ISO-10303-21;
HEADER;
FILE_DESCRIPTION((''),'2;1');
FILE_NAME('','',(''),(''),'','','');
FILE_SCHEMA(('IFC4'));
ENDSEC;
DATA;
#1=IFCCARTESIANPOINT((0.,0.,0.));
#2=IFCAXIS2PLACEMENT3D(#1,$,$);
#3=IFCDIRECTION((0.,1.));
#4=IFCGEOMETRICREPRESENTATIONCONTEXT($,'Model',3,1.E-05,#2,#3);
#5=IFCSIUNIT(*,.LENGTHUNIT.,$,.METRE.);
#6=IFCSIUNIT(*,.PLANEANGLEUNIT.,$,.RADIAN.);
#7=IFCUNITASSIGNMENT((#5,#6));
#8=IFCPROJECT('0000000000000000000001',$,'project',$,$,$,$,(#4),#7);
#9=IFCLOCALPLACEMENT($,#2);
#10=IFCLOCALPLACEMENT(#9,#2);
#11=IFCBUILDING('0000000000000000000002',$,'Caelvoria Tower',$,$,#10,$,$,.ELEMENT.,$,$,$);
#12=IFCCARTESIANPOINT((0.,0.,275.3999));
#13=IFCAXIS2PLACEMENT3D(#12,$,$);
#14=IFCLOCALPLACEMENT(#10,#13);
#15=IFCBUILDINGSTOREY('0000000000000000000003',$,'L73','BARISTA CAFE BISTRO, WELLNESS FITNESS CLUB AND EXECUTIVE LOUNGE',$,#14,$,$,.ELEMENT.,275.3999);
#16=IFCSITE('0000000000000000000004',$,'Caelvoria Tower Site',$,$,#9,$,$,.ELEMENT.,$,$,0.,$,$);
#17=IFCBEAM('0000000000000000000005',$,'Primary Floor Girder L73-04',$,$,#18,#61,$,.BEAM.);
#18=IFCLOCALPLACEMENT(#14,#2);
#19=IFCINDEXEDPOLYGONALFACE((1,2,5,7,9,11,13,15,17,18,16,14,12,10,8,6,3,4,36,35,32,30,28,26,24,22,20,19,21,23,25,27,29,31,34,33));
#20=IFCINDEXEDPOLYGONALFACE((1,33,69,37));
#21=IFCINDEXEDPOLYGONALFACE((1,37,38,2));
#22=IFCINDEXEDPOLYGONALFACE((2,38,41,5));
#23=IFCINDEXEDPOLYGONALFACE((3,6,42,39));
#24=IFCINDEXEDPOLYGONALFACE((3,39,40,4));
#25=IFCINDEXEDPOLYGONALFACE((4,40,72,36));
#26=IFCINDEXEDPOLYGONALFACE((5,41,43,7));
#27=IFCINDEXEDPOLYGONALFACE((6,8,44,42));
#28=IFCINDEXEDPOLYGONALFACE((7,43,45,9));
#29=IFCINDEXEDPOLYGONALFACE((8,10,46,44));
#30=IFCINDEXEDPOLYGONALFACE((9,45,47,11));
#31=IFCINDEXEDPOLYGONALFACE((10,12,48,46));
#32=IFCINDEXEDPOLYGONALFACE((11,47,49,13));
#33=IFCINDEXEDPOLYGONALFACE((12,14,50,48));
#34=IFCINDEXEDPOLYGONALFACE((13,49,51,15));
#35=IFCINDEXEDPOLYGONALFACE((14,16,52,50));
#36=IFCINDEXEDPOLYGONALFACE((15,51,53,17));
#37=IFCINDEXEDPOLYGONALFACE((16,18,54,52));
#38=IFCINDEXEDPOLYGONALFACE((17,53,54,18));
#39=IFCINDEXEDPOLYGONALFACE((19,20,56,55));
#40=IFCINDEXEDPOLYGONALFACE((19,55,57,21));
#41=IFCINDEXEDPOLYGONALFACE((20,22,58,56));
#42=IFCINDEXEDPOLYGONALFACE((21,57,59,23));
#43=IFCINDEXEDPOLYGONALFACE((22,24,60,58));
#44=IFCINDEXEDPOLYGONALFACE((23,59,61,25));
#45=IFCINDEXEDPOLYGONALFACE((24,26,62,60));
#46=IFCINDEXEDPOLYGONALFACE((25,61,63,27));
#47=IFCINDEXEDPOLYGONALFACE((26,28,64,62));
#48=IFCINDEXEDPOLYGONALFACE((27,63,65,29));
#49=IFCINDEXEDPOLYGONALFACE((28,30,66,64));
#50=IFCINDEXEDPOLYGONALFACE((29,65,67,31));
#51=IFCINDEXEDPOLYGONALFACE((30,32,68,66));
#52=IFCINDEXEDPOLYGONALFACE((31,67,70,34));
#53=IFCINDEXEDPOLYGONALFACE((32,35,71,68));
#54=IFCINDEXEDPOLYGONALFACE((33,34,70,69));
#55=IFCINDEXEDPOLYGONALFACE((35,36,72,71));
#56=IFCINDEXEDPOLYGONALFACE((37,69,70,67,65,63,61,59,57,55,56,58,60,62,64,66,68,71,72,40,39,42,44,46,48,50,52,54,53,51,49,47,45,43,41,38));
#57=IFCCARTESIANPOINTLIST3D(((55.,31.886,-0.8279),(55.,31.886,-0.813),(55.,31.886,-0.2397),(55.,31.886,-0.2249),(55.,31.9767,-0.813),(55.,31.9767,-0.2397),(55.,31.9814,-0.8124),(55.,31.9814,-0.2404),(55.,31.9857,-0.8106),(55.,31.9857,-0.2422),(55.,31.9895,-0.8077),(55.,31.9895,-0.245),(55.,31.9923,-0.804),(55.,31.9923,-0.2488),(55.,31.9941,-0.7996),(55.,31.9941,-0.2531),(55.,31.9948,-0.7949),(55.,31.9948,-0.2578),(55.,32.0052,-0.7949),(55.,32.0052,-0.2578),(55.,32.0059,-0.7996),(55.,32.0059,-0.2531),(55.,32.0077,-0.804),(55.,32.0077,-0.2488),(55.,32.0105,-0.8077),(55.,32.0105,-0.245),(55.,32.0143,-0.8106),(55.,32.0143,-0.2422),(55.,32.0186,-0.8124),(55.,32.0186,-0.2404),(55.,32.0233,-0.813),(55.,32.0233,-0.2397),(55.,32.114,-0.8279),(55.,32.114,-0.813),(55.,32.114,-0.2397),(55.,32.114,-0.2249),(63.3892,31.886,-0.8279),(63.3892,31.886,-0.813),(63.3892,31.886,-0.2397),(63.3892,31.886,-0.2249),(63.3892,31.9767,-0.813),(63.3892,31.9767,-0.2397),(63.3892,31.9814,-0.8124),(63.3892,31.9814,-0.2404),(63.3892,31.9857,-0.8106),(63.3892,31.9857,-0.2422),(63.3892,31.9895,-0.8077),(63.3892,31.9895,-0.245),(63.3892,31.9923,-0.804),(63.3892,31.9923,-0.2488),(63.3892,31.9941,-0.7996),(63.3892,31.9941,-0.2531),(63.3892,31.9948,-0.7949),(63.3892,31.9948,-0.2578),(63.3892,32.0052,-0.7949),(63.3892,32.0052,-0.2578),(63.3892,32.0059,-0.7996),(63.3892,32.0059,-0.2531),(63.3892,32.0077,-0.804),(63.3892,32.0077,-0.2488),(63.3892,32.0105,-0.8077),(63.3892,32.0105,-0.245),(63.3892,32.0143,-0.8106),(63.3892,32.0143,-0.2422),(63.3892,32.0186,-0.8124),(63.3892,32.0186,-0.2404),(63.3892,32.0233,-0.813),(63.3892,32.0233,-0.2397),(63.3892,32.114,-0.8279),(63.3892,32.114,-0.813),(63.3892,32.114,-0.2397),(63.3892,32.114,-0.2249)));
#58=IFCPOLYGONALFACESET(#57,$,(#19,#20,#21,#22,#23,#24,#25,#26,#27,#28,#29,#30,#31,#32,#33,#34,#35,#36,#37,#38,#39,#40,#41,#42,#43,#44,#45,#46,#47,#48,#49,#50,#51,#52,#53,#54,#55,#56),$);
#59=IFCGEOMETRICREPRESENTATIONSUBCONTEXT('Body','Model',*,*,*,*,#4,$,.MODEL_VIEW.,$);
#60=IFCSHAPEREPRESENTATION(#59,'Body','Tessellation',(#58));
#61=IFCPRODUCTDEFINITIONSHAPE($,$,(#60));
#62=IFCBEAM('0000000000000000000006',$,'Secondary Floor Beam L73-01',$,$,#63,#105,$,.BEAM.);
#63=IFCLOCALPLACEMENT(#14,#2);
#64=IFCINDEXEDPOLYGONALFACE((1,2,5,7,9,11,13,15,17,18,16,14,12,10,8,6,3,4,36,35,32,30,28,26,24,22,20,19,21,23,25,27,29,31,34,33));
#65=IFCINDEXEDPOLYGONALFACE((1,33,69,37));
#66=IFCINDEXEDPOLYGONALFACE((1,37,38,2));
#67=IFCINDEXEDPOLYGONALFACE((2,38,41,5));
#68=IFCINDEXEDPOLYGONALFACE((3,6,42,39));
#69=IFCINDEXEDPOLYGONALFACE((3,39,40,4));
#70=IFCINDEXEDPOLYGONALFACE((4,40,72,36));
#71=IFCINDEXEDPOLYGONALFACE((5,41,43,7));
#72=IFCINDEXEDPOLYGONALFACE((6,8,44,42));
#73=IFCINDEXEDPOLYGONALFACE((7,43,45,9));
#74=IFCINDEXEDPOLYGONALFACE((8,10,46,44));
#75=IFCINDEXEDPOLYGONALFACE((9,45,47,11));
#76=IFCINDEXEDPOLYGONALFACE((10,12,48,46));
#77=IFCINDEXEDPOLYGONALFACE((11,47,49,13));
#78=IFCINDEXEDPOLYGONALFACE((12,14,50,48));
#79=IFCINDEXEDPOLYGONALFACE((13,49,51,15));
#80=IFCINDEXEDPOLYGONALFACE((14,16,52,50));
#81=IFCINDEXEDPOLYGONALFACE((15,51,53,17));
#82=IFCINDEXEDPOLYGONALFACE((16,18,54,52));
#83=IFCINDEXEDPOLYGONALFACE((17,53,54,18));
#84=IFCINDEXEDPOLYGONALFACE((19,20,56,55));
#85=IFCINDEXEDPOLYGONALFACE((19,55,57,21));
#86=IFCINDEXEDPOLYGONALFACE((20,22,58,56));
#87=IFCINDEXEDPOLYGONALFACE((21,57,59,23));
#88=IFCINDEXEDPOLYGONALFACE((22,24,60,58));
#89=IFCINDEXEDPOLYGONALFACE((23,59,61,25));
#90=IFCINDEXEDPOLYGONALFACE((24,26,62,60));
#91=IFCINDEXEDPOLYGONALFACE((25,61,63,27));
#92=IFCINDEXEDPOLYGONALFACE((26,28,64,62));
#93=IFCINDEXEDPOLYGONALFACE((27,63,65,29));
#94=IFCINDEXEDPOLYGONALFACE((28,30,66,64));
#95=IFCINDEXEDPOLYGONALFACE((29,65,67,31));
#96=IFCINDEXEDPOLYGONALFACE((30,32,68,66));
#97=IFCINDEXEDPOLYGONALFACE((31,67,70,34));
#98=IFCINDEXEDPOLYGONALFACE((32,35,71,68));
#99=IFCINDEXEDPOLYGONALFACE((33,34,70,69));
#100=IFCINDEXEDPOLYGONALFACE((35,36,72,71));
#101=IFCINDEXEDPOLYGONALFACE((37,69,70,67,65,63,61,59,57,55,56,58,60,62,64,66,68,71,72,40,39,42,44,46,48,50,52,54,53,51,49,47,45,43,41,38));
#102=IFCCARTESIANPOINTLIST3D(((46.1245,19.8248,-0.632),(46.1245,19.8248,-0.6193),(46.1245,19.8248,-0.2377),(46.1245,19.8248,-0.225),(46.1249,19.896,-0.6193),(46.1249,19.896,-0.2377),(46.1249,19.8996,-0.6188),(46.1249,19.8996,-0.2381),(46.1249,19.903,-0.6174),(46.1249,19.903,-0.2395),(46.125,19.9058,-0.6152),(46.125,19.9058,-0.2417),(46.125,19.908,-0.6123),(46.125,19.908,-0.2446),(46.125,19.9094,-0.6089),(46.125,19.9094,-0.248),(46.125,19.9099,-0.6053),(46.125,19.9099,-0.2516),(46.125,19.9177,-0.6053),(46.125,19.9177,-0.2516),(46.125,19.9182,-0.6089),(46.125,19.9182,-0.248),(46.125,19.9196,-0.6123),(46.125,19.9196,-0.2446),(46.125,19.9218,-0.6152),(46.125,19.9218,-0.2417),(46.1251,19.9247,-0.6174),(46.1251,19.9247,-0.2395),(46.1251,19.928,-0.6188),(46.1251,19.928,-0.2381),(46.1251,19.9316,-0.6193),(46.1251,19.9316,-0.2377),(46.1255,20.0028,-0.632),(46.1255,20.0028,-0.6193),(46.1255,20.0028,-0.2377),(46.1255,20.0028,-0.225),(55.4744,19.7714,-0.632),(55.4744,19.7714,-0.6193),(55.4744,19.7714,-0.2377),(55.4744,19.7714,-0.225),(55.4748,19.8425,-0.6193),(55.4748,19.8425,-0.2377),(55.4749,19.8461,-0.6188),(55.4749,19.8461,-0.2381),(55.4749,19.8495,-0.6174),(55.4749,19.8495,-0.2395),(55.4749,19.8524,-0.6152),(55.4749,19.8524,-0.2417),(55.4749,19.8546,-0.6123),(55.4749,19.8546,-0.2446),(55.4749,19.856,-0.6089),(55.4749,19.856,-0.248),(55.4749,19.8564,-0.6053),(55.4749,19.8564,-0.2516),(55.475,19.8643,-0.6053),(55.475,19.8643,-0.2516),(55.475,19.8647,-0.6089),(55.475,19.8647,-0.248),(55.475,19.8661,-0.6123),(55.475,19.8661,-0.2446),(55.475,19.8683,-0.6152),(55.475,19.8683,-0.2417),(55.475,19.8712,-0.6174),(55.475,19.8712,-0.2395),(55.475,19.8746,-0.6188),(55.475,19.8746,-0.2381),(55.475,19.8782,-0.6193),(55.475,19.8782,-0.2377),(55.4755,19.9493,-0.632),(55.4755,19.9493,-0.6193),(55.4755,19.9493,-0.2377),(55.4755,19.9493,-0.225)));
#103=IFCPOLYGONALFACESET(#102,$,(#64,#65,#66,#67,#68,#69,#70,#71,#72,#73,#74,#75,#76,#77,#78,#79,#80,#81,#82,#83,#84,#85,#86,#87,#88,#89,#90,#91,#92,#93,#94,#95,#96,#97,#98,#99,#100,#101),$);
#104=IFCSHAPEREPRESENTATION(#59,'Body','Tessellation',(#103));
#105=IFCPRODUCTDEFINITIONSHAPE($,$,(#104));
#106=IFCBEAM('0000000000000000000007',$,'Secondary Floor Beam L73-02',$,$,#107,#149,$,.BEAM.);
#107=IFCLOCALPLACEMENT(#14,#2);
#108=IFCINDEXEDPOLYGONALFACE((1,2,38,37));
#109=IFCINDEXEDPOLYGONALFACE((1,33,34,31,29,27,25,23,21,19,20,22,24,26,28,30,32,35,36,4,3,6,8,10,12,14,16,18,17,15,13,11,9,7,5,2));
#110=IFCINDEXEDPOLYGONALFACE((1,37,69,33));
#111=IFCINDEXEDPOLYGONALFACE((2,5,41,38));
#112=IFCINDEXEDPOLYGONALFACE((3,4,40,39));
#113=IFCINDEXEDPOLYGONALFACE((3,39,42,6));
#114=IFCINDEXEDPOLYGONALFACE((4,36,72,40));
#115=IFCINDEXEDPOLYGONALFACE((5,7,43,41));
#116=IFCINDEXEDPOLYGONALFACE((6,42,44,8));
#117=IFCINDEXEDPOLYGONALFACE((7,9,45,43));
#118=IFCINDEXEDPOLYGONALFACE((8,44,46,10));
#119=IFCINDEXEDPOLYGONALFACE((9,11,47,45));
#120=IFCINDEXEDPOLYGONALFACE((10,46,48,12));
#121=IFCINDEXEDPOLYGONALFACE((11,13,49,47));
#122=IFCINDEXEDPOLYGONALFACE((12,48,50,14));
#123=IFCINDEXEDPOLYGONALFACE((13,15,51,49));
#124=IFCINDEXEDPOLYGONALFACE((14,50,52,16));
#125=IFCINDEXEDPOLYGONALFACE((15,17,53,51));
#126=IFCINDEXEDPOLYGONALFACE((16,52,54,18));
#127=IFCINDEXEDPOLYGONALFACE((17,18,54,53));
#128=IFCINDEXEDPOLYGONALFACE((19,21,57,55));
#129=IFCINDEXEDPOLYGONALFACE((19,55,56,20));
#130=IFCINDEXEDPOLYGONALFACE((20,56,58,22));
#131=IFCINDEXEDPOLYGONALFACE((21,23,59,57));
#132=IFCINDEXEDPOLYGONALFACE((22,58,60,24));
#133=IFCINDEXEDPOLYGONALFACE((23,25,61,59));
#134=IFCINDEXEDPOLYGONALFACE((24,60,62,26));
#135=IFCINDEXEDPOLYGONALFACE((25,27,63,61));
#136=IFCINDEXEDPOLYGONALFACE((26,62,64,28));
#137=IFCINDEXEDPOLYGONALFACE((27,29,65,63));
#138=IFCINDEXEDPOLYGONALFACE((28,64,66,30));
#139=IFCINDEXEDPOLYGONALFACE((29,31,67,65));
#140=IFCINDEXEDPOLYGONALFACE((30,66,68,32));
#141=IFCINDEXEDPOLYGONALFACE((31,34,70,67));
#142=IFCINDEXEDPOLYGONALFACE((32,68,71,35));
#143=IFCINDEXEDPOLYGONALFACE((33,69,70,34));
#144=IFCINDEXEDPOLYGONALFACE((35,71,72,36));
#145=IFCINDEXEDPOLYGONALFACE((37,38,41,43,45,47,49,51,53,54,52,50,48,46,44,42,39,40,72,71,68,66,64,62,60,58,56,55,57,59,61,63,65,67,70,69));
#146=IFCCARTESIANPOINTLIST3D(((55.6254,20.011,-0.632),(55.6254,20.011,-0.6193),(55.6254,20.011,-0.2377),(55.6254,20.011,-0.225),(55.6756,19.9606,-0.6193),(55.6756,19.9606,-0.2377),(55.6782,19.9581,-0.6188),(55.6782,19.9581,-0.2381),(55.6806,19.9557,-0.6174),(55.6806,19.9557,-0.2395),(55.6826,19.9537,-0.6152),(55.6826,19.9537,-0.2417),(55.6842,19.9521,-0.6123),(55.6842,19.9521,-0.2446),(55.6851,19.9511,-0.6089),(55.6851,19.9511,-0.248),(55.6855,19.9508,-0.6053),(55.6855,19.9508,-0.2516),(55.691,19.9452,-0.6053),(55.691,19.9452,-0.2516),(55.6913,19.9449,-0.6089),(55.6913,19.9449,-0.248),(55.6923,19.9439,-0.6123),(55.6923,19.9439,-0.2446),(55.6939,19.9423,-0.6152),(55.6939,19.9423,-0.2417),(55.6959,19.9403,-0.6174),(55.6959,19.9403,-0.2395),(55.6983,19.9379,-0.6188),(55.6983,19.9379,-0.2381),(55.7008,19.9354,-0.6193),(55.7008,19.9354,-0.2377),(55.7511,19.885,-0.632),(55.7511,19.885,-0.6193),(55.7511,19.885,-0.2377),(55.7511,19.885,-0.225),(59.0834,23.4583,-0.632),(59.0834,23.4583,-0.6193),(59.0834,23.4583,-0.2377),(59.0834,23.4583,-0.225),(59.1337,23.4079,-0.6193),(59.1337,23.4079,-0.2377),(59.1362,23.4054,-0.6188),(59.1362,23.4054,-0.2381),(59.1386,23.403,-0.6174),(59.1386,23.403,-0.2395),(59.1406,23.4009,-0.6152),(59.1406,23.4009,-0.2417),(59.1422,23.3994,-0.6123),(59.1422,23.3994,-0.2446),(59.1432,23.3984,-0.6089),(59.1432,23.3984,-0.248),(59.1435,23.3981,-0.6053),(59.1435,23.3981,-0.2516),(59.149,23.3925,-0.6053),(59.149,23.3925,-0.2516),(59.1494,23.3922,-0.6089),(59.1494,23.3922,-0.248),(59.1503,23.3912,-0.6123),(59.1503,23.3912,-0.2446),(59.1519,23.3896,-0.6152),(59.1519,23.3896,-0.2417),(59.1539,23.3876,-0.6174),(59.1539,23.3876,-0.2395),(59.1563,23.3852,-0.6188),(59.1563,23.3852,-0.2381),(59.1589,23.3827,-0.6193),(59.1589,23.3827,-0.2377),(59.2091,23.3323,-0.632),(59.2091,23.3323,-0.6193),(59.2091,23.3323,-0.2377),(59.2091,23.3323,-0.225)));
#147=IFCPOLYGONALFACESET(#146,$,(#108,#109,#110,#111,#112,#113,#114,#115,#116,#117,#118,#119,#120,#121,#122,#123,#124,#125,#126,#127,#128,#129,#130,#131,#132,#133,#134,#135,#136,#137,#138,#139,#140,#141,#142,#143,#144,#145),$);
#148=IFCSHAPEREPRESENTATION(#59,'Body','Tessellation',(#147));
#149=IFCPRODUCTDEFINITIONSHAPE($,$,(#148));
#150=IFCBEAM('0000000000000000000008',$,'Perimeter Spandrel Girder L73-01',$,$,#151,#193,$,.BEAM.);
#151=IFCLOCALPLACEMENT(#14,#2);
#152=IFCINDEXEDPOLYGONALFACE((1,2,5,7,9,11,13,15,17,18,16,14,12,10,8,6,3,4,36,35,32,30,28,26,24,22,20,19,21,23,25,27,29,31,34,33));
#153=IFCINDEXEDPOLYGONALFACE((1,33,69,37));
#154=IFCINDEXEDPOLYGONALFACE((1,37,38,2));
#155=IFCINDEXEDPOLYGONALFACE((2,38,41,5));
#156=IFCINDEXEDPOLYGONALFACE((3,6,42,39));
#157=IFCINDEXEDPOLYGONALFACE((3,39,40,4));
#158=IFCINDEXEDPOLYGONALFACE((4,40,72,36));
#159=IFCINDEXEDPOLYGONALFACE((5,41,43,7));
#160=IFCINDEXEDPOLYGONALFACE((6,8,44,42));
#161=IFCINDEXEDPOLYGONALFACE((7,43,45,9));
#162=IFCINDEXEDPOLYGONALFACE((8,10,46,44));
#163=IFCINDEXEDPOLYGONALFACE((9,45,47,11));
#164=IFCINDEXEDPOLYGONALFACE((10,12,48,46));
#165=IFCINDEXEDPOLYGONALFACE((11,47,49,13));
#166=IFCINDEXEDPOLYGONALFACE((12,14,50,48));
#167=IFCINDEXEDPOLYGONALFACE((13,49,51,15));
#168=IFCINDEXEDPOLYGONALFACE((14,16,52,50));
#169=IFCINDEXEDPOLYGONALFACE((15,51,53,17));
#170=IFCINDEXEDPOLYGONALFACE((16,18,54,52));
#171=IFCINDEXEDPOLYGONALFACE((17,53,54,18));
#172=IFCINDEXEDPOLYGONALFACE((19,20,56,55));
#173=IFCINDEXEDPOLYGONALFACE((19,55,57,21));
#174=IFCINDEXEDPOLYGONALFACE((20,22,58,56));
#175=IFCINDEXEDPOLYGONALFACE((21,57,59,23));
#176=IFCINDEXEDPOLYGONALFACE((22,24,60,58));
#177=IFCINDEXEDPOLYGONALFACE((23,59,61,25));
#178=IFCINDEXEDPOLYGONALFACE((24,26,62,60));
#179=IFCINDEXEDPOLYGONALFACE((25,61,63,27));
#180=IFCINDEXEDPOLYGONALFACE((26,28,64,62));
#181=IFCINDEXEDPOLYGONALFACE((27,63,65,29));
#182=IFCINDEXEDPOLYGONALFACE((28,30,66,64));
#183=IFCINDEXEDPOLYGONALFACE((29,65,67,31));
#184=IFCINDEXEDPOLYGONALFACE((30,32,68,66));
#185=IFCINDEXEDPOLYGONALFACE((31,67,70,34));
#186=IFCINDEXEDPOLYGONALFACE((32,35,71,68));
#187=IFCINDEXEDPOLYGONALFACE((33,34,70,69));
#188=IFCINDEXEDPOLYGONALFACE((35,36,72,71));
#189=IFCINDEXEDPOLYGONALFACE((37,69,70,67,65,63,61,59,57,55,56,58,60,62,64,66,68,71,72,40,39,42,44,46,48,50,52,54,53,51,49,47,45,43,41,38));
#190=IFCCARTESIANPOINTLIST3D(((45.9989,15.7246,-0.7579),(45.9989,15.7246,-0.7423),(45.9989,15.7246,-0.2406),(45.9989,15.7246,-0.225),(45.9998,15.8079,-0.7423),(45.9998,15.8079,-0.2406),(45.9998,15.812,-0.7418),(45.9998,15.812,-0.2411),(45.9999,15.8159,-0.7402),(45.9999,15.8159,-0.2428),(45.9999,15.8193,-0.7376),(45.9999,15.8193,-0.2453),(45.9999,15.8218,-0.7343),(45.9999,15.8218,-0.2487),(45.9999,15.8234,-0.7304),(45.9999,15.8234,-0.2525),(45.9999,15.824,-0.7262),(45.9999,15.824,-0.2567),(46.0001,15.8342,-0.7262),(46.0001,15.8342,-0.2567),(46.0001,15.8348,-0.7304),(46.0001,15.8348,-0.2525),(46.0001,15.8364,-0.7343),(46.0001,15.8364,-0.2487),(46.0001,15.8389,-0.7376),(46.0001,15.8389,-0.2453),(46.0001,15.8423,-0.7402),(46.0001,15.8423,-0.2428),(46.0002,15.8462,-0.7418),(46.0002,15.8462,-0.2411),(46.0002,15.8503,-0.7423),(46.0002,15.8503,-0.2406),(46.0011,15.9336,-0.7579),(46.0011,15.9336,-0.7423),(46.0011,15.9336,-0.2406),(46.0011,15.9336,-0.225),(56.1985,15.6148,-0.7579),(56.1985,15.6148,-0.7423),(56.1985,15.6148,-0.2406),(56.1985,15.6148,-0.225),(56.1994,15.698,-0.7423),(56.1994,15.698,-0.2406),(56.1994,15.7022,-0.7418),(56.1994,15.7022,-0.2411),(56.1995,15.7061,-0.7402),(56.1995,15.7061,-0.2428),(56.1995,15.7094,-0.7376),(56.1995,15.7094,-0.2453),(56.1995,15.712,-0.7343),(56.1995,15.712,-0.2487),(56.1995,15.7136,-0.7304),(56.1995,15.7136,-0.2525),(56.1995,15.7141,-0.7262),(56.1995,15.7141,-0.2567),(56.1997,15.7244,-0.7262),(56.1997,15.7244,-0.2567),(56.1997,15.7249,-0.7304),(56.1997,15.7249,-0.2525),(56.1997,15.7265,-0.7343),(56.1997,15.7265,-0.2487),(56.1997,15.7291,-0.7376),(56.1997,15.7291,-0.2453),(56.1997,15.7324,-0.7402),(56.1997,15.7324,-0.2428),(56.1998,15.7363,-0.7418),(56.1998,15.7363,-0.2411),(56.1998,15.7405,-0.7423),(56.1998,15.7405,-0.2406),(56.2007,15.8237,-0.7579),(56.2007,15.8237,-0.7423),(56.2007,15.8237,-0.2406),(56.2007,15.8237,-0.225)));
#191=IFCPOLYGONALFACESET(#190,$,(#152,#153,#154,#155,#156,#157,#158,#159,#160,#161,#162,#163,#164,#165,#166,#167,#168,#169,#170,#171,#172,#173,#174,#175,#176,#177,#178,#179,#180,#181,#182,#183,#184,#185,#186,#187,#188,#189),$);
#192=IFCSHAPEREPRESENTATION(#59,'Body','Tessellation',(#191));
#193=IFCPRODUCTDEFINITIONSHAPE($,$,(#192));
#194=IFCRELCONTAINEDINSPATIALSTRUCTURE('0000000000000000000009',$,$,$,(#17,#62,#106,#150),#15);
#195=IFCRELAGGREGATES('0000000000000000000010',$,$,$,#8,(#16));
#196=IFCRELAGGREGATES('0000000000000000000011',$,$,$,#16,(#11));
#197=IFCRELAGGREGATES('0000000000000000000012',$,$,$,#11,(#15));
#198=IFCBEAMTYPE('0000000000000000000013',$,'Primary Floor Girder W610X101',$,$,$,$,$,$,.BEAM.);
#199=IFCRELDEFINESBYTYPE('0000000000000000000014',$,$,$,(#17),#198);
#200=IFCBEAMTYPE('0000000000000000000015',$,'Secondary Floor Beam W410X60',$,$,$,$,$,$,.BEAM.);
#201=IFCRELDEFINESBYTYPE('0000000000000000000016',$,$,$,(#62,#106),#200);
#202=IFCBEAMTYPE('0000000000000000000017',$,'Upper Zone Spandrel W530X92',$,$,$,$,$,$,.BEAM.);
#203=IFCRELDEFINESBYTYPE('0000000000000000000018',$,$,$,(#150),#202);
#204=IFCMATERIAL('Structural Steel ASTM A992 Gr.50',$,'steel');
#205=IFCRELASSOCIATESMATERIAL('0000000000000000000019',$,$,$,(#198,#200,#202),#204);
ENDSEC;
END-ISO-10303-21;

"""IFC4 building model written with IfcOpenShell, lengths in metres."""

from ifc_helpers import new_model, si_unit, direction, frame, origin, origin_2d, place, context, subcontext, project, spatial, i_section, extrude, material, material_profile, profile_set, type_object, element, save


model = new_model("IFC4")

# Units and contexts
model_context = context("Model", 3, precision=1e-05, world=origin(), true_north=direction((0.0, 1.0)))
body_context = subcontext(model_context, "Body", "Model", "MODEL_VIEW")
ifc_project = project(units=[si_unit("LENGTHUNIT", "METRE"), si_unit("PLANEANGLEUNIT", "RADIAN")], contexts=[model_context])

# Site, building, storey
site_placement = place(None, origin())
site = spatial("IfcSite", under=ifc_project, at=site_placement, Name="Caelvoria Tower Site", CompositionType="ELEMENT", RefElevation=0.0)
building_placement = place(site_placement, origin())
building = spatial("IfcBuilding", under=site, at=building_placement, Name="Caelvoria Tower", CompositionType="ELEMENT")
storey_placement = place(building_placement, frame((0.0, 0.0, 275.3999)))
storey = spatial("IfcBuildingStorey", under=building, at=storey_placement, Name="L73", Description="BARISTA CAFE BISTRO, WELLNESS FITNESS CLUB AND EXECUTIVE LOUNGE", CompositionType="ELEMENT", Elevation=275.3999)

# Shared definitions
ifc_material_1 = material(Name="Structural Steel ASTM A992 Gr.50", Category="steel")

# Beams
ifc_material_profile_1 = material_profile(ifc_material_1, i_section(OverallWidth=0.228, OverallDepth=0.603, WebThickness=0.0105, FlangeThickness=0.0149, FilletRadius=0.0181, at=origin_2d()), Name="Structural Steel ASTM A992 Gr.50")
ifc_profile_set_1 = profile_set([ifc_material_profile_1], Name="W610X101 - Structural Steel ASTM A992 Gr.50")
beam_type_1 = type_object("IfcBeamType", Name="Primary Floor Girder W610X101", PredefinedType="BEAM", material=ifc_profile_set_1)
beam_1_placement = place(storey_placement, frame((55.0, 32.0, -0.5264), z_axis=(1.0, 0.0, 0.0), x_axis=(0.0, 1.0, 0.0)))
element("IfcBeam", 1, at=beam_1_placement, inside=storey, type_object=beam_type_1, Name="Primary Floor Girder L73-04", PredefinedType="BEAM", context=body_context, shape_type="SweptSolid", body=[
    extrude(i_section(OverallWidth=0.228, OverallDepth=0.603, WebThickness=0.0105, FlangeThickness=0.0149, FilletRadius=0.0181, at=origin_2d()), origin(), (0.0, 0.0, 1.0), 8.3892),
])
ifc_material_profile_2 = material_profile(ifc_material_1, i_section(OverallWidth=0.178, OverallDepth=0.407, WebThickness=0.0078, FlangeThickness=0.0127, FilletRadius=0.0139, at=origin_2d()), Name="Structural Steel ASTM A992 Gr.50")
ifc_profile_set_2 = profile_set([ifc_material_profile_2], Name="W410X60 - Structural Steel ASTM A992 Gr.50")
beam_type_2 = type_object("IfcBeamType", Name="Secondary Floor Beam W410X60", PredefinedType="BEAM", material=ifc_profile_set_2)
beam_2_placement = place(storey_placement, frame((46.125, 19.9138, -0.4285), z_axis=(0.999984, -0.005718, 0.0), x_axis=(0.005718, 0.999984, 0.0)))
element("IfcBeam", 2, at=beam_2_placement, inside=storey, type_object=beam_type_2, Name="Secondary Floor Beam L73-01", PredefinedType="BEAM", context=body_context, shape_type="SweptSolid", body=[
    extrude(i_section(OverallWidth=0.178, OverallDepth=0.407, WebThickness=0.0078, FlangeThickness=0.0127, FilletRadius=0.0139, at=origin_2d()), origin(), (0.0, 0.0, 1.0), 9.3501),
])
beam_3_placement = place(storey_placement, frame((55.6882, 19.948, -0.4285), z_axis=(0.708206, 0.706006, 0.0), x_axis=(-0.706006, 0.708206, 0.0)))
element("IfcBeam", 3, at=beam_3_placement, inside=storey, type_object=beam_type_2, Name="Secondary Floor Beam L73-02", PredefinedType="BEAM", context=body_context, shape_type="SweptSolid", body=[
    extrude(i_section(OverallWidth=0.178, OverallDepth=0.407, WebThickness=0.0078, FlangeThickness=0.0127, FilletRadius=0.0139, at=origin_2d()), origin(), (0.0, 0.0, 1.0), 4.8828),
])
ifc_material_profile_3 = material_profile(ifc_material_1, i_section(OverallWidth=0.209, OverallDepth=0.533, WebThickness=0.0103, FlangeThickness=0.0156, FilletRadius=0.0161, at=origin_2d()), Name="Structural Steel ASTM A992 Gr.50")
ifc_profile_set_3 = profile_set([ifc_material_profile_3], Name="W530X92 - Structural Steel ASTM A992 Gr.50")
beam_type_3 = type_object("IfcBeamType", Name="Upper Zone Spandrel W530X92", PredefinedType="BEAM", material=ifc_profile_set_3)
beam_4_placement = place(storey_placement, frame((46.0, 15.8291, -0.4915), z_axis=(0.999942, -0.010771, 0.0), x_axis=(0.010771, 0.999942, 0.0)))
element("IfcBeam", 4, at=beam_4_placement, inside=storey, type_object=beam_type_3, Name="Perimeter Spandrel Girder L73-01", PredefinedType="BEAM", context=body_context, shape_type="SweptSolid", body=[
    extrude(i_section(OverallWidth=0.209, OverallDepth=0.533, WebThickness=0.0103, FlangeThickness=0.0156, FilletRadius=0.0161, at=origin_2d()), origin(), (0.0, 0.0, 1.0), 10.2002),
])

save(model, "model.ifc")
